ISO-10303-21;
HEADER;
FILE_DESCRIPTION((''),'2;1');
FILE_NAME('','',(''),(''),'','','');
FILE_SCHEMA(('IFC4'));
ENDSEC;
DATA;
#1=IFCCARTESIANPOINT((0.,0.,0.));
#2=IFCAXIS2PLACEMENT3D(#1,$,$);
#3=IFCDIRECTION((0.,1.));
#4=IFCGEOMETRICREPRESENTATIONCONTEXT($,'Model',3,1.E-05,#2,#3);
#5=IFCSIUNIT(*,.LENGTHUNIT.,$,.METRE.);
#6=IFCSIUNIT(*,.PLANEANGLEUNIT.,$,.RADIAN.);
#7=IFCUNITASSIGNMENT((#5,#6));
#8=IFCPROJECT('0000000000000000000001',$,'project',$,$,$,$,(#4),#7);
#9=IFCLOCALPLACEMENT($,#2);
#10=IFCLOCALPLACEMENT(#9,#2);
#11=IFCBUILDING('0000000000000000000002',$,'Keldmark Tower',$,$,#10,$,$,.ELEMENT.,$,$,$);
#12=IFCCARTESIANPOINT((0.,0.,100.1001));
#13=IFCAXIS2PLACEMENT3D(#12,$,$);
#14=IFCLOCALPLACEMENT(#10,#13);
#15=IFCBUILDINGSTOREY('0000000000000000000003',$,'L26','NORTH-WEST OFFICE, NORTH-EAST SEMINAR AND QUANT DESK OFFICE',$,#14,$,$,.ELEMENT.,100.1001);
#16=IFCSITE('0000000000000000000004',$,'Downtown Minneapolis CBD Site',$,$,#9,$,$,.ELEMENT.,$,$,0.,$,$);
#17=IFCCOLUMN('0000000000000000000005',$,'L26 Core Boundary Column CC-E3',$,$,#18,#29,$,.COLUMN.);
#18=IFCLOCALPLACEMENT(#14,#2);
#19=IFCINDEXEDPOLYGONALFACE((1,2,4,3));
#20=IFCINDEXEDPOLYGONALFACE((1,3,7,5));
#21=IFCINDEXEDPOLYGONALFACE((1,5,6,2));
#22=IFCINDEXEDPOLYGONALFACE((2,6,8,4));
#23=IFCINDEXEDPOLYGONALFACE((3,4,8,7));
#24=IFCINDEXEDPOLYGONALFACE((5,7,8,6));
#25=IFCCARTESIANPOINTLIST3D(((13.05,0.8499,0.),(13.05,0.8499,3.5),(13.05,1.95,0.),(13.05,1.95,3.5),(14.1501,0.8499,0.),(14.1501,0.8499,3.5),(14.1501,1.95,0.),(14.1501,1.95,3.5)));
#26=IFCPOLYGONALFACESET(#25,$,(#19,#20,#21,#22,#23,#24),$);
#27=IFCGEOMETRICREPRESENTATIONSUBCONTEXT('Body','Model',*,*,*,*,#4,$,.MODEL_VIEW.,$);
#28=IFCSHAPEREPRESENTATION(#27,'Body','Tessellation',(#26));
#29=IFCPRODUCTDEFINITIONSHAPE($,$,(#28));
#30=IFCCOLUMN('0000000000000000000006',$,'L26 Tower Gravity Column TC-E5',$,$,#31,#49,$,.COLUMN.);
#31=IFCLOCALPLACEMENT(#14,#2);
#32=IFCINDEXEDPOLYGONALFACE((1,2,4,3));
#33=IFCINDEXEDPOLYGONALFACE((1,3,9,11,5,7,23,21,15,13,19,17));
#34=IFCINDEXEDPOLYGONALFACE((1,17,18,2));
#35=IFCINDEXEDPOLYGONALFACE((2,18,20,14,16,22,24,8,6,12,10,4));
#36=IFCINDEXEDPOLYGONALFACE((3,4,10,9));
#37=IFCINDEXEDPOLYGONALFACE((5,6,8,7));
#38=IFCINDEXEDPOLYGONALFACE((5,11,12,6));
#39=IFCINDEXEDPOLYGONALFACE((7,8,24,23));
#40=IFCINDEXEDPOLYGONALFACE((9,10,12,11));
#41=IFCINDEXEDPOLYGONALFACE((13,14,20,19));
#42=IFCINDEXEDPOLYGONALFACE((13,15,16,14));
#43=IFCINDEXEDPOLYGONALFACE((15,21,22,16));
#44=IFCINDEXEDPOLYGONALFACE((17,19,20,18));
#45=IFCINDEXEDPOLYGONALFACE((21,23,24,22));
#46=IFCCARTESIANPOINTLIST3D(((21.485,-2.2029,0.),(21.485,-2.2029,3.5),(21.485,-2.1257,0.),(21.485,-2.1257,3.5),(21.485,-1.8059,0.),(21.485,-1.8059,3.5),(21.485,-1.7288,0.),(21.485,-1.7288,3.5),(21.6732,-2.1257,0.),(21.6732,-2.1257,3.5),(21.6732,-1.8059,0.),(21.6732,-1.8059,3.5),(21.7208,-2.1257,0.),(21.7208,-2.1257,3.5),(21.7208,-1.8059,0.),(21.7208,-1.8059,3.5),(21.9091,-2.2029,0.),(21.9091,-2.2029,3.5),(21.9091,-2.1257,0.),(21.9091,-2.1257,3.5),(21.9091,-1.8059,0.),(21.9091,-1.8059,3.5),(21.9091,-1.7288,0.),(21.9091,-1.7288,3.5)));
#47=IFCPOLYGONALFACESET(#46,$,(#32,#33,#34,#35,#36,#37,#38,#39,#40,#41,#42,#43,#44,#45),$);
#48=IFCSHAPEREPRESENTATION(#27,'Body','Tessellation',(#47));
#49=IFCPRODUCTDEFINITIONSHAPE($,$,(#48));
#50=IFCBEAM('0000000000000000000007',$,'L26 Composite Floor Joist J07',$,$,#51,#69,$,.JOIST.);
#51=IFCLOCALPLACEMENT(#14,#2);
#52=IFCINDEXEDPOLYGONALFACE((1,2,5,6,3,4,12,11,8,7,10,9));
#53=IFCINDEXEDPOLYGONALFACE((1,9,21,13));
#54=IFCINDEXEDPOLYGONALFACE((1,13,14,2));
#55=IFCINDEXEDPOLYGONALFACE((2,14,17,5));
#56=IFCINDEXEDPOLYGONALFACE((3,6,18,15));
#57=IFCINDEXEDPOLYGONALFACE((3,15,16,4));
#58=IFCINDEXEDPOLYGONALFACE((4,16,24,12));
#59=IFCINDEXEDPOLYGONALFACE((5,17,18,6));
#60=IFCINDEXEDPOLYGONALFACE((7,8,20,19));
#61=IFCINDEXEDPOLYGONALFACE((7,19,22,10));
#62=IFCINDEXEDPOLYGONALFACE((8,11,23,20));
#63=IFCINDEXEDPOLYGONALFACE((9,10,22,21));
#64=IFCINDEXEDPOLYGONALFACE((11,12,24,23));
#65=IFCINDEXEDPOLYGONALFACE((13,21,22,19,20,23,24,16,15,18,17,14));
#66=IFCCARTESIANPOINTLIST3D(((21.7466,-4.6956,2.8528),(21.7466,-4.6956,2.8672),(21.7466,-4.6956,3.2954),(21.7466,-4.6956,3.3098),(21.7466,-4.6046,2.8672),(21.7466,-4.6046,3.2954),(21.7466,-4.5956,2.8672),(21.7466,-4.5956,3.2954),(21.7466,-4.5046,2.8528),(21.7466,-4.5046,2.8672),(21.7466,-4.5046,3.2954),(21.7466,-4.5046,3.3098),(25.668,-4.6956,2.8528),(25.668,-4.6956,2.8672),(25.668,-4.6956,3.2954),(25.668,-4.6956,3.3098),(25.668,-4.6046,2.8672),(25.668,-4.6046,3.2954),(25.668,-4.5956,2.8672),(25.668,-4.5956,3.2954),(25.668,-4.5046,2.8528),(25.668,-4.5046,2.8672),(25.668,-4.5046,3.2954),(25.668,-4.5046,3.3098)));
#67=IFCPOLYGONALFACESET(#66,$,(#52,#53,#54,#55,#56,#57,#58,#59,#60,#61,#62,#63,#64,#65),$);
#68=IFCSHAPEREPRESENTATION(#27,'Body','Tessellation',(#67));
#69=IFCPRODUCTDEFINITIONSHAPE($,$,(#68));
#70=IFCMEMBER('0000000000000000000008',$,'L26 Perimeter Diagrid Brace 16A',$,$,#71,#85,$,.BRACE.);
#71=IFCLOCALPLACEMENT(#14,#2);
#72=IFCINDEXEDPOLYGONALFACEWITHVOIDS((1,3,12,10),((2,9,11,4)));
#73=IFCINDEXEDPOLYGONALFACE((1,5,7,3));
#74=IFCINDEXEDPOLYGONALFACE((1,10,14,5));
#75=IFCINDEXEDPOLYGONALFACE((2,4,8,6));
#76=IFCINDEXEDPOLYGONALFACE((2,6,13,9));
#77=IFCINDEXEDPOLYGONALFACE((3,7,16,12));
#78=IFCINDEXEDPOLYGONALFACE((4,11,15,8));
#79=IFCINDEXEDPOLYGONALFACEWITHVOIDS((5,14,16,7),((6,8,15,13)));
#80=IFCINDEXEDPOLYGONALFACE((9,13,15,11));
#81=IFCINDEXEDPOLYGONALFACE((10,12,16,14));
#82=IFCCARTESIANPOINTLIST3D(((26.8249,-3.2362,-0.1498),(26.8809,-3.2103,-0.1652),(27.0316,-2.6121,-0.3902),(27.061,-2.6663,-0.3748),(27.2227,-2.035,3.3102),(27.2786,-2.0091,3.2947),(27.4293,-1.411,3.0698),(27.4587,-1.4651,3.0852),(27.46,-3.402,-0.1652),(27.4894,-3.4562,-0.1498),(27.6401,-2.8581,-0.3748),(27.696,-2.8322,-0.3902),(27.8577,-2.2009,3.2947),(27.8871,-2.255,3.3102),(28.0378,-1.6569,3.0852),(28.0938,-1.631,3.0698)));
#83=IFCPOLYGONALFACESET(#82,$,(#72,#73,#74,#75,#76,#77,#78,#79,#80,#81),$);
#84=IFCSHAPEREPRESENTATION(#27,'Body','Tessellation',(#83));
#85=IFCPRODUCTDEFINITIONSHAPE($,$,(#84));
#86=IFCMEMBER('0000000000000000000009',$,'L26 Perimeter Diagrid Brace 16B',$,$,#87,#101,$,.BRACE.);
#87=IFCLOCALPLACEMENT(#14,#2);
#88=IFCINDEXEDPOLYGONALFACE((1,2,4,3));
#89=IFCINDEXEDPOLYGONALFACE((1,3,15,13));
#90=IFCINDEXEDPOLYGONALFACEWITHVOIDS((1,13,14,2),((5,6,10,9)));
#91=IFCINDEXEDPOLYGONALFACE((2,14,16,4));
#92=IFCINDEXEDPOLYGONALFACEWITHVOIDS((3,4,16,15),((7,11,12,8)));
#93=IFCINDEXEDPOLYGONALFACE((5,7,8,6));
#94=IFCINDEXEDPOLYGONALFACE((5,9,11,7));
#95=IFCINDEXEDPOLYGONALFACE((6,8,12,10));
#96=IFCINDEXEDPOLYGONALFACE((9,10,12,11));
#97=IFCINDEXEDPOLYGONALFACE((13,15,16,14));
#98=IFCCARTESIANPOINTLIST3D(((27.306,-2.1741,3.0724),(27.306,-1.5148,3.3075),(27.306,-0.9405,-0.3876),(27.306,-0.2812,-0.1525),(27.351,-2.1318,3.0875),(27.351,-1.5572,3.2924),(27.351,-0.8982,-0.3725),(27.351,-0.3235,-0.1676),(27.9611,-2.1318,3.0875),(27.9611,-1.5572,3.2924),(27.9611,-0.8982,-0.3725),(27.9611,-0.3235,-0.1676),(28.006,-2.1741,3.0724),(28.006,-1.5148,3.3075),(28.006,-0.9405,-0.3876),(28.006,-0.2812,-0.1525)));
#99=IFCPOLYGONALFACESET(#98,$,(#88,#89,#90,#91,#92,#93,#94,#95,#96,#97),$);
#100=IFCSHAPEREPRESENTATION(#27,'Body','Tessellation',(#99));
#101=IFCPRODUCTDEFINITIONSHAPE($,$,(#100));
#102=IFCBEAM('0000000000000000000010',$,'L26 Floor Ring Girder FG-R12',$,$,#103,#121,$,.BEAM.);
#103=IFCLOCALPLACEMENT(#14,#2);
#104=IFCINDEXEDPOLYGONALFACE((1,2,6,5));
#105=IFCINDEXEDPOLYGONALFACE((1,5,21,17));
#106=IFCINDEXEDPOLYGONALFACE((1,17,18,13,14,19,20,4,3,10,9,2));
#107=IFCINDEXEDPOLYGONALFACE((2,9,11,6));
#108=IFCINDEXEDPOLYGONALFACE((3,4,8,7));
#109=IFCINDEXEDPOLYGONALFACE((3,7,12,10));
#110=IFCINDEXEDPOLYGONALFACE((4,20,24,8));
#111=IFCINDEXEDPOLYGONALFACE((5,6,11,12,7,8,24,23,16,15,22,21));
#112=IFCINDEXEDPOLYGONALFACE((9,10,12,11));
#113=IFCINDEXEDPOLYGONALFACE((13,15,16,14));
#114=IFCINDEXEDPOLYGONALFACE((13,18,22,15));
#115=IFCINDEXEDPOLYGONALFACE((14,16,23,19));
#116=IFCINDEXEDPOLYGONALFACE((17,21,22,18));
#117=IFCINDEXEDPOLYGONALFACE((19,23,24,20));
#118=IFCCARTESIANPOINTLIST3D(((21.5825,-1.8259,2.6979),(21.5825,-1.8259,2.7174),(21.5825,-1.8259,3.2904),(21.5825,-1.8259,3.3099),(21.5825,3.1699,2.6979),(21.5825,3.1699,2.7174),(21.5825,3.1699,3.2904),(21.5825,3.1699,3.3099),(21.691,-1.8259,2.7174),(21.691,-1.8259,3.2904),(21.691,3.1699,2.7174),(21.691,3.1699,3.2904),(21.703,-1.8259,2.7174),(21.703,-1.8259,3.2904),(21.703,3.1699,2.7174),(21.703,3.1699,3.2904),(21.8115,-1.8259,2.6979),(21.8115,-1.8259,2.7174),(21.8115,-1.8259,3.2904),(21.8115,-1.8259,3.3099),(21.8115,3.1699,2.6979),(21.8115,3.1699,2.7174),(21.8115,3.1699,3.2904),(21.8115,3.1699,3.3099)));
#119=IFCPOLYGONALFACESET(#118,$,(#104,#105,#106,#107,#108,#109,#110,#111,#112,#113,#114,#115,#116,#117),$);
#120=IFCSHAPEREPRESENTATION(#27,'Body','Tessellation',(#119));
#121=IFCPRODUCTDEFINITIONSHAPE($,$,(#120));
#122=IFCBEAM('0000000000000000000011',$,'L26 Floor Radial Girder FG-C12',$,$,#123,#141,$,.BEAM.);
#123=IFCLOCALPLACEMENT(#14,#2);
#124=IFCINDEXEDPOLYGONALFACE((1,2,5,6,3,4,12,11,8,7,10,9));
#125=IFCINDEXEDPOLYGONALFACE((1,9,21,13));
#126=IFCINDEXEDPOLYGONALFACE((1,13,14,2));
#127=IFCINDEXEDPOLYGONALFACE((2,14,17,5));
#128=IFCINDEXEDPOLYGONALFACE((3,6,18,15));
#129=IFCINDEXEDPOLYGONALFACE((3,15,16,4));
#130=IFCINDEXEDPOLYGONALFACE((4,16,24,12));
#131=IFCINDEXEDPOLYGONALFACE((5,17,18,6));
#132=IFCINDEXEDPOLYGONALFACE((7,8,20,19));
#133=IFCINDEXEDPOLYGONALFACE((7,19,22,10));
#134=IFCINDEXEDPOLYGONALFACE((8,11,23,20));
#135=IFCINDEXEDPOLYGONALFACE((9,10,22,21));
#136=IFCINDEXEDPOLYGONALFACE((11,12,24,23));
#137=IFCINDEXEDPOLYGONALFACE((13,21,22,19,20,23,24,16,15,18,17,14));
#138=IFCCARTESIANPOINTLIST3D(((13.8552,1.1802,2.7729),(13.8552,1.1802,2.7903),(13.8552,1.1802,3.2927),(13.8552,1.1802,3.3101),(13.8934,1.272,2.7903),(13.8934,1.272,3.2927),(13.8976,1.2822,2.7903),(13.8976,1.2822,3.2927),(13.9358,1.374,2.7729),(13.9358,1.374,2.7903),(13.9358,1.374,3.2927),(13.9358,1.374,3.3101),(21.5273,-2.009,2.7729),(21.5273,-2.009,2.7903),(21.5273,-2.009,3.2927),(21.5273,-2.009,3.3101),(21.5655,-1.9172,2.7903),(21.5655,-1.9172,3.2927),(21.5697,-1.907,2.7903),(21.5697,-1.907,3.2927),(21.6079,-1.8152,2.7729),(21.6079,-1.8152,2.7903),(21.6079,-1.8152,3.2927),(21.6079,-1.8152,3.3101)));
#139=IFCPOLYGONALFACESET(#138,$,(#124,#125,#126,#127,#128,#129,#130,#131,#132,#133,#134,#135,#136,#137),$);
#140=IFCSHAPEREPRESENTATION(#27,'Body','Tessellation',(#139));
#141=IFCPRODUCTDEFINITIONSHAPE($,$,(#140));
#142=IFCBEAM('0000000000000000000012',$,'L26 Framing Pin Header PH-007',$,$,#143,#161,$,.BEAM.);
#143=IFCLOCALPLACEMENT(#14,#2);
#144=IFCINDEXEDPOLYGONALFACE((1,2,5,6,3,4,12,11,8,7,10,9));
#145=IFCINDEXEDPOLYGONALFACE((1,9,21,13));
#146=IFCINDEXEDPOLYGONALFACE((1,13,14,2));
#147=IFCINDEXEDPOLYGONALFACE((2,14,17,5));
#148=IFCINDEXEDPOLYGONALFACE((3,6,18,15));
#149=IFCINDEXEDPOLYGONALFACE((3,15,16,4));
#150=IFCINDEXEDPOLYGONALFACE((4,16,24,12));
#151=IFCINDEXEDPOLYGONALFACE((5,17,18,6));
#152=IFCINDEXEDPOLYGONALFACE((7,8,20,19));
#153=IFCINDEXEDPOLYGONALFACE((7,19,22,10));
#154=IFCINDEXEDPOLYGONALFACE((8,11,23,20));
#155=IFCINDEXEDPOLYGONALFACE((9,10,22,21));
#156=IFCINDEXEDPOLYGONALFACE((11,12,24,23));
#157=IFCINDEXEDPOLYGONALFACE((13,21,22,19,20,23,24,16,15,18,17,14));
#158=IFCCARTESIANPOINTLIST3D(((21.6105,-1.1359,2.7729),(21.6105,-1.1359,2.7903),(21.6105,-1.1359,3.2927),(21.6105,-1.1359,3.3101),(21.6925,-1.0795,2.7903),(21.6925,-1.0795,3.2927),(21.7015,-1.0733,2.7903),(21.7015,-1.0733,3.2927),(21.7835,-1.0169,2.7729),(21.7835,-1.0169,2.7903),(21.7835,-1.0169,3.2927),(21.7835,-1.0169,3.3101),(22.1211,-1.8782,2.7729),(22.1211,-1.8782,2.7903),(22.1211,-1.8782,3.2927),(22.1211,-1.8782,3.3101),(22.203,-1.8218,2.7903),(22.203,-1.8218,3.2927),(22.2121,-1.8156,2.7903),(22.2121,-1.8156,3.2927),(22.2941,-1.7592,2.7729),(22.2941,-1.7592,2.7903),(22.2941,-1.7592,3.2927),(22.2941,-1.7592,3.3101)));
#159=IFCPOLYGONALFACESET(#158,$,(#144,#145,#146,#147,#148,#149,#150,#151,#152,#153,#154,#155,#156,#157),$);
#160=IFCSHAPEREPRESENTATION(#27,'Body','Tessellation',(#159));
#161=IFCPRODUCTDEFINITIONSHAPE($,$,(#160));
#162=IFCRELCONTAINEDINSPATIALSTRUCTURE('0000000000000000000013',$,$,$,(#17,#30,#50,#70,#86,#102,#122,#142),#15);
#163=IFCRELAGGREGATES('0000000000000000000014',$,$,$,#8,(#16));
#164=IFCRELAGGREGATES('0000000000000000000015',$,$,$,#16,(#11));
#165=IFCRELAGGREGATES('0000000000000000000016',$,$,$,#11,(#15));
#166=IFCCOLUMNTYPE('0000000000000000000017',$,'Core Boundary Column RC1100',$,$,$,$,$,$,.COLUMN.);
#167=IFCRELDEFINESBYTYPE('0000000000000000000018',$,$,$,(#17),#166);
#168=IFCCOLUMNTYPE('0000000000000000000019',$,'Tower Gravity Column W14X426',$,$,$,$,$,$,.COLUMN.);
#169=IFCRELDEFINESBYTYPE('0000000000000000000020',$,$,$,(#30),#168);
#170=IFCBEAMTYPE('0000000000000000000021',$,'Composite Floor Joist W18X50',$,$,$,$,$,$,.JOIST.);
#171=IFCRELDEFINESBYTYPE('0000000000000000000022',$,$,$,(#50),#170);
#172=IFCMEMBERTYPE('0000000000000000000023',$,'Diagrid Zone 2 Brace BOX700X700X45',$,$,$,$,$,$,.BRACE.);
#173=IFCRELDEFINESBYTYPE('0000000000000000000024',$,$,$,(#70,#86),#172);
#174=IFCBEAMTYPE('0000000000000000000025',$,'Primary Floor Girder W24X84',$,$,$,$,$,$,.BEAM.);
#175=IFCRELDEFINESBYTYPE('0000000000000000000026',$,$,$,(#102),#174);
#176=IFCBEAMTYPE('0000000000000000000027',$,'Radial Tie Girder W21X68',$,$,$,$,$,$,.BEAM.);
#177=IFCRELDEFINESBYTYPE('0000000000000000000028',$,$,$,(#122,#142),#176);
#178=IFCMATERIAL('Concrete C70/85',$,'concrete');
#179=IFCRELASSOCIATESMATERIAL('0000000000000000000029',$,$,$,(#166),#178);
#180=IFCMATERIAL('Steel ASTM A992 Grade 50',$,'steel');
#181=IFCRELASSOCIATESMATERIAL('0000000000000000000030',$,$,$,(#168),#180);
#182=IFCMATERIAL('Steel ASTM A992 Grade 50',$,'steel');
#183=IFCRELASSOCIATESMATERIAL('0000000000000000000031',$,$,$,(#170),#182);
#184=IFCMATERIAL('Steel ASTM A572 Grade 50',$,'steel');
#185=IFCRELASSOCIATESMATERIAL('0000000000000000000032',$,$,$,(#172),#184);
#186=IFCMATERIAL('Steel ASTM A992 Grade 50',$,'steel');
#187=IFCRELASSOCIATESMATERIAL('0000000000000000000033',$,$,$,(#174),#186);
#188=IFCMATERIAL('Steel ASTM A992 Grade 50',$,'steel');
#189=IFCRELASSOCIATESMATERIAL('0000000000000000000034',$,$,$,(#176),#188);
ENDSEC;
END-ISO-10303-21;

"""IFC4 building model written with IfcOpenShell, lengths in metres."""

from ifc_helpers import new_model, si_unit, direction, frame, origin, origin_2d, place, context, subcontext, project, spatial, rectangle, hollow_rectangle, i_section, extrude, material, material_profile, profile_set, type_object, element, save


model = new_model("IFC4")

# Units and contexts
model_context = context("Model", 3, precision=1e-05, world=origin(), true_north=direction((0.0, 1.0)))
body_context = subcontext(model_context, "Body", "Model", "MODEL_VIEW")
ifc_project = project(units=[si_unit("LENGTHUNIT", "METRE"), si_unit("PLANEANGLEUNIT", "RADIAN")], contexts=[model_context])

# Site, building, storey
site_placement = place(None, origin())
site = spatial("IfcSite", under=ifc_project, at=site_placement, Name="Downtown Minneapolis CBD Site", CompositionType="ELEMENT", RefElevation=0.0)
building_placement = place(site_placement, origin())
building = spatial("IfcBuilding", under=site, at=building_placement, Name="Keldmark Tower", CompositionType="ELEMENT")
storey_placement = place(building_placement, frame((0.0, 0.0, 100.1001)))
storey = spatial("IfcBuildingStorey", under=building, at=storey_placement, Name="L26", Description="NORTH-WEST OFFICE, NORTH-EAST SEMINAR AND QUANT DESK OFFICE", CompositionType="ELEMENT", Elevation=100.1001)

# Columns
ifc_material_1 = material(Name="Concrete C70/85", Category="concrete")
ifc_material_profile_1 = material_profile(ifc_material_1, rectangle(XDim=1.1001, YDim=1.1001, at=origin_2d()), Name="RC1100X1100")
ifc_profile_set_1 = profile_set([ifc_material_profile_1], Name="Concrete C70/85")
column_type_1 = type_object("IfcColumnType", Name="Core Boundary Column RC1100", PredefinedType="COLUMN", material=ifc_profile_set_1)
column_1_placement = place(storey_placement, frame((13.6001, 1.3999, 0.0), z_axis=(0.0, 0.0, 1.0), x_axis=(1.0, 0.0, 0.0)))
element("IfcColumn", 1, at=column_1_placement, inside=storey, type_object=column_type_1, Name="L26 Core Boundary Column CC-E3", PredefinedType="COLUMN", context=body_context, shape_type="SweptSolid", body=[
    extrude(rectangle(XDim=1.1001, YDim=1.1001, at=origin_2d()), origin(), (0.0, 0.0, 1.0), 3.5),
])
ifc_material_2 = material(Name="Steel ASTM A992 Grade 50", Category="steel")
ifc_material_profile_2 = material_profile(ifc_material_2, i_section(OverallWidth=0.4241, OverallDepth=0.4741, WebThickness=0.0476, FlangeThickness=0.0771, at=origin_2d()), Name="W14X426")
ifc_profile_set_2 = profile_set([ifc_material_profile_2], Name="Steel ASTM A992 Grade 50")
column_type_2 = type_object("IfcColumnType", Name="Tower Gravity Column W14X426", PredefinedType="COLUMN", material=ifc_profile_set_2)
column_2_placement = place(storey_placement, frame((21.697, -1.9658, 0.0), z_axis=(0.0, 0.0, 1.0), x_axis=(1.0, 0.0, 0.0)))
element("IfcColumn", 2, at=column_2_placement, inside=storey, type_object=column_type_2, Name="L26 Tower Gravity Column TC-E5", PredefinedType="COLUMN", context=body_context, shape_type="SweptSolid", body=[
    extrude(i_section(OverallWidth=0.4241, OverallDepth=0.4741, WebThickness=0.0476, FlangeThickness=0.0771, at=origin_2d()), origin(), (0.0, 0.0, 1.0), 3.5),
])

# Beam
ifc_material_3 = material(Name="Steel ASTM A992 Grade 50", Category="steel")
ifc_material_profile_3 = material_profile(ifc_material_3, i_section(OverallWidth=0.1909, OverallDepth=0.457, WebThickness=0.009, FlangeThickness=0.0144, at=origin_2d()), Name="W18X50")
ifc_profile_set_3 = profile_set([ifc_material_profile_3], Name="Steel ASTM A992 Grade 50")
beam_type_1 = type_object("IfcBeamType", Name="Composite Floor Joist W18X50", PredefinedType="JOIST", material=ifc_profile_set_3)
beam_1_placement = place(storey_placement, frame((21.7466, -4.6001, 3.0813), z_axis=(1.0, 0.0, 0.0), x_axis=(0.0, 1.0, 0.0)))
element("IfcBeam", 3, at=beam_1_placement, inside=storey, type_object=beam_type_1, Name="L26 Composite Floor Joist J07", PredefinedType="JOIST", context=body_context, shape_type="SweptSolid", body=[
    extrude(i_section(OverallWidth=0.1909, OverallDepth=0.457, WebThickness=0.009, FlangeThickness=0.0144, at=origin_2d()), origin(), (0.0, 0.0, 1.0), 3.9214),
])

# Members
ifc_material_4 = material(Name="Steel ASTM A572 Grade 50", Category="steel")
ifc_material_profile_4 = material_profile(ifc_material_4, hollow_rectangle(XDim=0.7, YDim=0.7, WallThickness=0.0449, at=origin_2d()), Name="BOX700X700X45")
ifc_profile_set_4 = profile_set([ifc_material_profile_4], Name="Steel ASTM A572 Grade 50")
member_type = type_object("IfcMemberType", Name="Diagrid Zone 2 Brace BOX700X700X45", PredefinedType="BRACE", material=ifc_profile_set_4)
member_1_placement = place(storey_placement, frame((27.2605, -3.0342, -0.27), z_axis=(0.107953, 0.326046, 0.93917), x_axis=(-0.949318, 0.314317, 0.0)))
element("IfcMember", 4, at=member_1_placement, inside=storey, type_object=member_type, Name="L26 Perimeter Diagrid Brace 16A", PredefinedType="BRACE", context=body_context, shape_type="SweptSolid", body=[
    extrude(hollow_rectangle(XDim=0.7, YDim=0.7, WallThickness=0.0449, at=origin_2d()), origin(), (0.0, 0.0, 1.0), 3.6841),
])
member_2_placement = place(storey_placement, frame((27.656, -0.6108, -0.27), z_axis=(0.0, -0.33584, 0.941919), x_axis=(1.0, 0.0, 0.0)))
element("IfcMember", 5, at=member_2_placement, inside=storey, type_object=member_type, Name="L26 Perimeter Diagrid Brace 16B", PredefinedType="BRACE", context=body_context, shape_type="SweptSolid", body=[
    extrude(hollow_rectangle(XDim=0.7, YDim=0.7, WallThickness=0.0449, at=origin_2d()), origin(), (0.0, 0.0, 1.0), 3.6733),
])

# Beams
ifc_material_5 = material(Name="Steel ASTM A992 Grade 50", Category="steel")
ifc_material_profile_5 = material_profile(ifc_material_5, i_section(OverallWidth=0.229, OverallDepth=0.6121, WebThickness=0.012, FlangeThickness=0.0195, at=origin_2d()), Name="W24X84")
ifc_profile_set_5 = profile_set([ifc_material_profile_5], Name="Steel ASTM A992 Grade 50")
beam_type_2 = type_object("IfcBeamType", Name="Primary Floor Girder W24X84", PredefinedType="BEAM", material=ifc_profile_set_5)
beam_2_placement = place(storey_placement, frame((21.697, -1.8259, 3.0039), z_axis=(0.0, 1.0, 0.0), x_axis=(-1.0, 0.0, 0.0)))
element("IfcBeam", 6, at=beam_2_placement, inside=storey, type_object=beam_type_2, Name="L26 Floor Ring Girder FG-R12", PredefinedType="BEAM", context=body_context, shape_type="SweptSolid", body=[
    extrude(i_section(OverallWidth=0.229, OverallDepth=0.6121, WebThickness=0.012, FlangeThickness=0.0195, at=origin_2d()), origin(), (0.0, 0.0, 1.0), 4.9958),
])
ifc_material_6 = material(Name="Steel ASTM A992 Grade 50", Category="steel")
ifc_material_profile_6 = material_profile(ifc_material_6, i_section(OverallWidth=0.21, OverallDepth=0.5371, WebThickness=0.011, FlangeThickness=0.0173, at=origin_2d()), Name="W21X68")
ifc_profile_set_6 = profile_set([ifc_material_profile_6], Name="Steel ASTM A992 Grade 50")
beam_type_3 = type_object("IfcBeamType", Name="Radial Tie Girder W21X68", PredefinedType="BEAM", material=ifc_profile_set_6)
beam_3_placement = place(storey_placement, frame((21.5676, -1.9121, 3.0415), z_axis=(-0.923397, 0.383845, 0.0), x_axis=(-0.383845, -0.923397, 0.0)))
element("IfcBeam", 7, at=beam_3_placement, inside=storey, type_object=beam_type_3, Name="L26 Floor Radial Girder FG-C12", PredefinedType="BEAM", context=body_context, shape_type="SweptSolid", body=[
    extrude(i_section(OverallWidth=0.21, OverallDepth=0.5371, WebThickness=0.011, FlangeThickness=0.0173, at=origin_2d()), origin(), (0.0, 0.0, 1.0), 8.3086),
])
beam_4_placement = place(storey_placement, frame((21.697, -1.0764, 3.0415), z_axis=(0.566713, -0.823915, 0.0), x_axis=(0.823915, 0.566713, 0.0)))
element("IfcBeam", 8, at=beam_4_placement, inside=storey, type_object=beam_type_3, Name="L26 Framing Pin Header PH-007", PredefinedType="BEAM", context=body_context, shape_type="SweptSolid", body=[
    extrude(i_section(OverallWidth=0.21, OverallDepth=0.5371, WebThickness=0.011, FlangeThickness=0.0173, at=origin_2d()), origin(), (0.0, 0.0, 1.0), 0.9009),
])

save(model, "model.ifc")
